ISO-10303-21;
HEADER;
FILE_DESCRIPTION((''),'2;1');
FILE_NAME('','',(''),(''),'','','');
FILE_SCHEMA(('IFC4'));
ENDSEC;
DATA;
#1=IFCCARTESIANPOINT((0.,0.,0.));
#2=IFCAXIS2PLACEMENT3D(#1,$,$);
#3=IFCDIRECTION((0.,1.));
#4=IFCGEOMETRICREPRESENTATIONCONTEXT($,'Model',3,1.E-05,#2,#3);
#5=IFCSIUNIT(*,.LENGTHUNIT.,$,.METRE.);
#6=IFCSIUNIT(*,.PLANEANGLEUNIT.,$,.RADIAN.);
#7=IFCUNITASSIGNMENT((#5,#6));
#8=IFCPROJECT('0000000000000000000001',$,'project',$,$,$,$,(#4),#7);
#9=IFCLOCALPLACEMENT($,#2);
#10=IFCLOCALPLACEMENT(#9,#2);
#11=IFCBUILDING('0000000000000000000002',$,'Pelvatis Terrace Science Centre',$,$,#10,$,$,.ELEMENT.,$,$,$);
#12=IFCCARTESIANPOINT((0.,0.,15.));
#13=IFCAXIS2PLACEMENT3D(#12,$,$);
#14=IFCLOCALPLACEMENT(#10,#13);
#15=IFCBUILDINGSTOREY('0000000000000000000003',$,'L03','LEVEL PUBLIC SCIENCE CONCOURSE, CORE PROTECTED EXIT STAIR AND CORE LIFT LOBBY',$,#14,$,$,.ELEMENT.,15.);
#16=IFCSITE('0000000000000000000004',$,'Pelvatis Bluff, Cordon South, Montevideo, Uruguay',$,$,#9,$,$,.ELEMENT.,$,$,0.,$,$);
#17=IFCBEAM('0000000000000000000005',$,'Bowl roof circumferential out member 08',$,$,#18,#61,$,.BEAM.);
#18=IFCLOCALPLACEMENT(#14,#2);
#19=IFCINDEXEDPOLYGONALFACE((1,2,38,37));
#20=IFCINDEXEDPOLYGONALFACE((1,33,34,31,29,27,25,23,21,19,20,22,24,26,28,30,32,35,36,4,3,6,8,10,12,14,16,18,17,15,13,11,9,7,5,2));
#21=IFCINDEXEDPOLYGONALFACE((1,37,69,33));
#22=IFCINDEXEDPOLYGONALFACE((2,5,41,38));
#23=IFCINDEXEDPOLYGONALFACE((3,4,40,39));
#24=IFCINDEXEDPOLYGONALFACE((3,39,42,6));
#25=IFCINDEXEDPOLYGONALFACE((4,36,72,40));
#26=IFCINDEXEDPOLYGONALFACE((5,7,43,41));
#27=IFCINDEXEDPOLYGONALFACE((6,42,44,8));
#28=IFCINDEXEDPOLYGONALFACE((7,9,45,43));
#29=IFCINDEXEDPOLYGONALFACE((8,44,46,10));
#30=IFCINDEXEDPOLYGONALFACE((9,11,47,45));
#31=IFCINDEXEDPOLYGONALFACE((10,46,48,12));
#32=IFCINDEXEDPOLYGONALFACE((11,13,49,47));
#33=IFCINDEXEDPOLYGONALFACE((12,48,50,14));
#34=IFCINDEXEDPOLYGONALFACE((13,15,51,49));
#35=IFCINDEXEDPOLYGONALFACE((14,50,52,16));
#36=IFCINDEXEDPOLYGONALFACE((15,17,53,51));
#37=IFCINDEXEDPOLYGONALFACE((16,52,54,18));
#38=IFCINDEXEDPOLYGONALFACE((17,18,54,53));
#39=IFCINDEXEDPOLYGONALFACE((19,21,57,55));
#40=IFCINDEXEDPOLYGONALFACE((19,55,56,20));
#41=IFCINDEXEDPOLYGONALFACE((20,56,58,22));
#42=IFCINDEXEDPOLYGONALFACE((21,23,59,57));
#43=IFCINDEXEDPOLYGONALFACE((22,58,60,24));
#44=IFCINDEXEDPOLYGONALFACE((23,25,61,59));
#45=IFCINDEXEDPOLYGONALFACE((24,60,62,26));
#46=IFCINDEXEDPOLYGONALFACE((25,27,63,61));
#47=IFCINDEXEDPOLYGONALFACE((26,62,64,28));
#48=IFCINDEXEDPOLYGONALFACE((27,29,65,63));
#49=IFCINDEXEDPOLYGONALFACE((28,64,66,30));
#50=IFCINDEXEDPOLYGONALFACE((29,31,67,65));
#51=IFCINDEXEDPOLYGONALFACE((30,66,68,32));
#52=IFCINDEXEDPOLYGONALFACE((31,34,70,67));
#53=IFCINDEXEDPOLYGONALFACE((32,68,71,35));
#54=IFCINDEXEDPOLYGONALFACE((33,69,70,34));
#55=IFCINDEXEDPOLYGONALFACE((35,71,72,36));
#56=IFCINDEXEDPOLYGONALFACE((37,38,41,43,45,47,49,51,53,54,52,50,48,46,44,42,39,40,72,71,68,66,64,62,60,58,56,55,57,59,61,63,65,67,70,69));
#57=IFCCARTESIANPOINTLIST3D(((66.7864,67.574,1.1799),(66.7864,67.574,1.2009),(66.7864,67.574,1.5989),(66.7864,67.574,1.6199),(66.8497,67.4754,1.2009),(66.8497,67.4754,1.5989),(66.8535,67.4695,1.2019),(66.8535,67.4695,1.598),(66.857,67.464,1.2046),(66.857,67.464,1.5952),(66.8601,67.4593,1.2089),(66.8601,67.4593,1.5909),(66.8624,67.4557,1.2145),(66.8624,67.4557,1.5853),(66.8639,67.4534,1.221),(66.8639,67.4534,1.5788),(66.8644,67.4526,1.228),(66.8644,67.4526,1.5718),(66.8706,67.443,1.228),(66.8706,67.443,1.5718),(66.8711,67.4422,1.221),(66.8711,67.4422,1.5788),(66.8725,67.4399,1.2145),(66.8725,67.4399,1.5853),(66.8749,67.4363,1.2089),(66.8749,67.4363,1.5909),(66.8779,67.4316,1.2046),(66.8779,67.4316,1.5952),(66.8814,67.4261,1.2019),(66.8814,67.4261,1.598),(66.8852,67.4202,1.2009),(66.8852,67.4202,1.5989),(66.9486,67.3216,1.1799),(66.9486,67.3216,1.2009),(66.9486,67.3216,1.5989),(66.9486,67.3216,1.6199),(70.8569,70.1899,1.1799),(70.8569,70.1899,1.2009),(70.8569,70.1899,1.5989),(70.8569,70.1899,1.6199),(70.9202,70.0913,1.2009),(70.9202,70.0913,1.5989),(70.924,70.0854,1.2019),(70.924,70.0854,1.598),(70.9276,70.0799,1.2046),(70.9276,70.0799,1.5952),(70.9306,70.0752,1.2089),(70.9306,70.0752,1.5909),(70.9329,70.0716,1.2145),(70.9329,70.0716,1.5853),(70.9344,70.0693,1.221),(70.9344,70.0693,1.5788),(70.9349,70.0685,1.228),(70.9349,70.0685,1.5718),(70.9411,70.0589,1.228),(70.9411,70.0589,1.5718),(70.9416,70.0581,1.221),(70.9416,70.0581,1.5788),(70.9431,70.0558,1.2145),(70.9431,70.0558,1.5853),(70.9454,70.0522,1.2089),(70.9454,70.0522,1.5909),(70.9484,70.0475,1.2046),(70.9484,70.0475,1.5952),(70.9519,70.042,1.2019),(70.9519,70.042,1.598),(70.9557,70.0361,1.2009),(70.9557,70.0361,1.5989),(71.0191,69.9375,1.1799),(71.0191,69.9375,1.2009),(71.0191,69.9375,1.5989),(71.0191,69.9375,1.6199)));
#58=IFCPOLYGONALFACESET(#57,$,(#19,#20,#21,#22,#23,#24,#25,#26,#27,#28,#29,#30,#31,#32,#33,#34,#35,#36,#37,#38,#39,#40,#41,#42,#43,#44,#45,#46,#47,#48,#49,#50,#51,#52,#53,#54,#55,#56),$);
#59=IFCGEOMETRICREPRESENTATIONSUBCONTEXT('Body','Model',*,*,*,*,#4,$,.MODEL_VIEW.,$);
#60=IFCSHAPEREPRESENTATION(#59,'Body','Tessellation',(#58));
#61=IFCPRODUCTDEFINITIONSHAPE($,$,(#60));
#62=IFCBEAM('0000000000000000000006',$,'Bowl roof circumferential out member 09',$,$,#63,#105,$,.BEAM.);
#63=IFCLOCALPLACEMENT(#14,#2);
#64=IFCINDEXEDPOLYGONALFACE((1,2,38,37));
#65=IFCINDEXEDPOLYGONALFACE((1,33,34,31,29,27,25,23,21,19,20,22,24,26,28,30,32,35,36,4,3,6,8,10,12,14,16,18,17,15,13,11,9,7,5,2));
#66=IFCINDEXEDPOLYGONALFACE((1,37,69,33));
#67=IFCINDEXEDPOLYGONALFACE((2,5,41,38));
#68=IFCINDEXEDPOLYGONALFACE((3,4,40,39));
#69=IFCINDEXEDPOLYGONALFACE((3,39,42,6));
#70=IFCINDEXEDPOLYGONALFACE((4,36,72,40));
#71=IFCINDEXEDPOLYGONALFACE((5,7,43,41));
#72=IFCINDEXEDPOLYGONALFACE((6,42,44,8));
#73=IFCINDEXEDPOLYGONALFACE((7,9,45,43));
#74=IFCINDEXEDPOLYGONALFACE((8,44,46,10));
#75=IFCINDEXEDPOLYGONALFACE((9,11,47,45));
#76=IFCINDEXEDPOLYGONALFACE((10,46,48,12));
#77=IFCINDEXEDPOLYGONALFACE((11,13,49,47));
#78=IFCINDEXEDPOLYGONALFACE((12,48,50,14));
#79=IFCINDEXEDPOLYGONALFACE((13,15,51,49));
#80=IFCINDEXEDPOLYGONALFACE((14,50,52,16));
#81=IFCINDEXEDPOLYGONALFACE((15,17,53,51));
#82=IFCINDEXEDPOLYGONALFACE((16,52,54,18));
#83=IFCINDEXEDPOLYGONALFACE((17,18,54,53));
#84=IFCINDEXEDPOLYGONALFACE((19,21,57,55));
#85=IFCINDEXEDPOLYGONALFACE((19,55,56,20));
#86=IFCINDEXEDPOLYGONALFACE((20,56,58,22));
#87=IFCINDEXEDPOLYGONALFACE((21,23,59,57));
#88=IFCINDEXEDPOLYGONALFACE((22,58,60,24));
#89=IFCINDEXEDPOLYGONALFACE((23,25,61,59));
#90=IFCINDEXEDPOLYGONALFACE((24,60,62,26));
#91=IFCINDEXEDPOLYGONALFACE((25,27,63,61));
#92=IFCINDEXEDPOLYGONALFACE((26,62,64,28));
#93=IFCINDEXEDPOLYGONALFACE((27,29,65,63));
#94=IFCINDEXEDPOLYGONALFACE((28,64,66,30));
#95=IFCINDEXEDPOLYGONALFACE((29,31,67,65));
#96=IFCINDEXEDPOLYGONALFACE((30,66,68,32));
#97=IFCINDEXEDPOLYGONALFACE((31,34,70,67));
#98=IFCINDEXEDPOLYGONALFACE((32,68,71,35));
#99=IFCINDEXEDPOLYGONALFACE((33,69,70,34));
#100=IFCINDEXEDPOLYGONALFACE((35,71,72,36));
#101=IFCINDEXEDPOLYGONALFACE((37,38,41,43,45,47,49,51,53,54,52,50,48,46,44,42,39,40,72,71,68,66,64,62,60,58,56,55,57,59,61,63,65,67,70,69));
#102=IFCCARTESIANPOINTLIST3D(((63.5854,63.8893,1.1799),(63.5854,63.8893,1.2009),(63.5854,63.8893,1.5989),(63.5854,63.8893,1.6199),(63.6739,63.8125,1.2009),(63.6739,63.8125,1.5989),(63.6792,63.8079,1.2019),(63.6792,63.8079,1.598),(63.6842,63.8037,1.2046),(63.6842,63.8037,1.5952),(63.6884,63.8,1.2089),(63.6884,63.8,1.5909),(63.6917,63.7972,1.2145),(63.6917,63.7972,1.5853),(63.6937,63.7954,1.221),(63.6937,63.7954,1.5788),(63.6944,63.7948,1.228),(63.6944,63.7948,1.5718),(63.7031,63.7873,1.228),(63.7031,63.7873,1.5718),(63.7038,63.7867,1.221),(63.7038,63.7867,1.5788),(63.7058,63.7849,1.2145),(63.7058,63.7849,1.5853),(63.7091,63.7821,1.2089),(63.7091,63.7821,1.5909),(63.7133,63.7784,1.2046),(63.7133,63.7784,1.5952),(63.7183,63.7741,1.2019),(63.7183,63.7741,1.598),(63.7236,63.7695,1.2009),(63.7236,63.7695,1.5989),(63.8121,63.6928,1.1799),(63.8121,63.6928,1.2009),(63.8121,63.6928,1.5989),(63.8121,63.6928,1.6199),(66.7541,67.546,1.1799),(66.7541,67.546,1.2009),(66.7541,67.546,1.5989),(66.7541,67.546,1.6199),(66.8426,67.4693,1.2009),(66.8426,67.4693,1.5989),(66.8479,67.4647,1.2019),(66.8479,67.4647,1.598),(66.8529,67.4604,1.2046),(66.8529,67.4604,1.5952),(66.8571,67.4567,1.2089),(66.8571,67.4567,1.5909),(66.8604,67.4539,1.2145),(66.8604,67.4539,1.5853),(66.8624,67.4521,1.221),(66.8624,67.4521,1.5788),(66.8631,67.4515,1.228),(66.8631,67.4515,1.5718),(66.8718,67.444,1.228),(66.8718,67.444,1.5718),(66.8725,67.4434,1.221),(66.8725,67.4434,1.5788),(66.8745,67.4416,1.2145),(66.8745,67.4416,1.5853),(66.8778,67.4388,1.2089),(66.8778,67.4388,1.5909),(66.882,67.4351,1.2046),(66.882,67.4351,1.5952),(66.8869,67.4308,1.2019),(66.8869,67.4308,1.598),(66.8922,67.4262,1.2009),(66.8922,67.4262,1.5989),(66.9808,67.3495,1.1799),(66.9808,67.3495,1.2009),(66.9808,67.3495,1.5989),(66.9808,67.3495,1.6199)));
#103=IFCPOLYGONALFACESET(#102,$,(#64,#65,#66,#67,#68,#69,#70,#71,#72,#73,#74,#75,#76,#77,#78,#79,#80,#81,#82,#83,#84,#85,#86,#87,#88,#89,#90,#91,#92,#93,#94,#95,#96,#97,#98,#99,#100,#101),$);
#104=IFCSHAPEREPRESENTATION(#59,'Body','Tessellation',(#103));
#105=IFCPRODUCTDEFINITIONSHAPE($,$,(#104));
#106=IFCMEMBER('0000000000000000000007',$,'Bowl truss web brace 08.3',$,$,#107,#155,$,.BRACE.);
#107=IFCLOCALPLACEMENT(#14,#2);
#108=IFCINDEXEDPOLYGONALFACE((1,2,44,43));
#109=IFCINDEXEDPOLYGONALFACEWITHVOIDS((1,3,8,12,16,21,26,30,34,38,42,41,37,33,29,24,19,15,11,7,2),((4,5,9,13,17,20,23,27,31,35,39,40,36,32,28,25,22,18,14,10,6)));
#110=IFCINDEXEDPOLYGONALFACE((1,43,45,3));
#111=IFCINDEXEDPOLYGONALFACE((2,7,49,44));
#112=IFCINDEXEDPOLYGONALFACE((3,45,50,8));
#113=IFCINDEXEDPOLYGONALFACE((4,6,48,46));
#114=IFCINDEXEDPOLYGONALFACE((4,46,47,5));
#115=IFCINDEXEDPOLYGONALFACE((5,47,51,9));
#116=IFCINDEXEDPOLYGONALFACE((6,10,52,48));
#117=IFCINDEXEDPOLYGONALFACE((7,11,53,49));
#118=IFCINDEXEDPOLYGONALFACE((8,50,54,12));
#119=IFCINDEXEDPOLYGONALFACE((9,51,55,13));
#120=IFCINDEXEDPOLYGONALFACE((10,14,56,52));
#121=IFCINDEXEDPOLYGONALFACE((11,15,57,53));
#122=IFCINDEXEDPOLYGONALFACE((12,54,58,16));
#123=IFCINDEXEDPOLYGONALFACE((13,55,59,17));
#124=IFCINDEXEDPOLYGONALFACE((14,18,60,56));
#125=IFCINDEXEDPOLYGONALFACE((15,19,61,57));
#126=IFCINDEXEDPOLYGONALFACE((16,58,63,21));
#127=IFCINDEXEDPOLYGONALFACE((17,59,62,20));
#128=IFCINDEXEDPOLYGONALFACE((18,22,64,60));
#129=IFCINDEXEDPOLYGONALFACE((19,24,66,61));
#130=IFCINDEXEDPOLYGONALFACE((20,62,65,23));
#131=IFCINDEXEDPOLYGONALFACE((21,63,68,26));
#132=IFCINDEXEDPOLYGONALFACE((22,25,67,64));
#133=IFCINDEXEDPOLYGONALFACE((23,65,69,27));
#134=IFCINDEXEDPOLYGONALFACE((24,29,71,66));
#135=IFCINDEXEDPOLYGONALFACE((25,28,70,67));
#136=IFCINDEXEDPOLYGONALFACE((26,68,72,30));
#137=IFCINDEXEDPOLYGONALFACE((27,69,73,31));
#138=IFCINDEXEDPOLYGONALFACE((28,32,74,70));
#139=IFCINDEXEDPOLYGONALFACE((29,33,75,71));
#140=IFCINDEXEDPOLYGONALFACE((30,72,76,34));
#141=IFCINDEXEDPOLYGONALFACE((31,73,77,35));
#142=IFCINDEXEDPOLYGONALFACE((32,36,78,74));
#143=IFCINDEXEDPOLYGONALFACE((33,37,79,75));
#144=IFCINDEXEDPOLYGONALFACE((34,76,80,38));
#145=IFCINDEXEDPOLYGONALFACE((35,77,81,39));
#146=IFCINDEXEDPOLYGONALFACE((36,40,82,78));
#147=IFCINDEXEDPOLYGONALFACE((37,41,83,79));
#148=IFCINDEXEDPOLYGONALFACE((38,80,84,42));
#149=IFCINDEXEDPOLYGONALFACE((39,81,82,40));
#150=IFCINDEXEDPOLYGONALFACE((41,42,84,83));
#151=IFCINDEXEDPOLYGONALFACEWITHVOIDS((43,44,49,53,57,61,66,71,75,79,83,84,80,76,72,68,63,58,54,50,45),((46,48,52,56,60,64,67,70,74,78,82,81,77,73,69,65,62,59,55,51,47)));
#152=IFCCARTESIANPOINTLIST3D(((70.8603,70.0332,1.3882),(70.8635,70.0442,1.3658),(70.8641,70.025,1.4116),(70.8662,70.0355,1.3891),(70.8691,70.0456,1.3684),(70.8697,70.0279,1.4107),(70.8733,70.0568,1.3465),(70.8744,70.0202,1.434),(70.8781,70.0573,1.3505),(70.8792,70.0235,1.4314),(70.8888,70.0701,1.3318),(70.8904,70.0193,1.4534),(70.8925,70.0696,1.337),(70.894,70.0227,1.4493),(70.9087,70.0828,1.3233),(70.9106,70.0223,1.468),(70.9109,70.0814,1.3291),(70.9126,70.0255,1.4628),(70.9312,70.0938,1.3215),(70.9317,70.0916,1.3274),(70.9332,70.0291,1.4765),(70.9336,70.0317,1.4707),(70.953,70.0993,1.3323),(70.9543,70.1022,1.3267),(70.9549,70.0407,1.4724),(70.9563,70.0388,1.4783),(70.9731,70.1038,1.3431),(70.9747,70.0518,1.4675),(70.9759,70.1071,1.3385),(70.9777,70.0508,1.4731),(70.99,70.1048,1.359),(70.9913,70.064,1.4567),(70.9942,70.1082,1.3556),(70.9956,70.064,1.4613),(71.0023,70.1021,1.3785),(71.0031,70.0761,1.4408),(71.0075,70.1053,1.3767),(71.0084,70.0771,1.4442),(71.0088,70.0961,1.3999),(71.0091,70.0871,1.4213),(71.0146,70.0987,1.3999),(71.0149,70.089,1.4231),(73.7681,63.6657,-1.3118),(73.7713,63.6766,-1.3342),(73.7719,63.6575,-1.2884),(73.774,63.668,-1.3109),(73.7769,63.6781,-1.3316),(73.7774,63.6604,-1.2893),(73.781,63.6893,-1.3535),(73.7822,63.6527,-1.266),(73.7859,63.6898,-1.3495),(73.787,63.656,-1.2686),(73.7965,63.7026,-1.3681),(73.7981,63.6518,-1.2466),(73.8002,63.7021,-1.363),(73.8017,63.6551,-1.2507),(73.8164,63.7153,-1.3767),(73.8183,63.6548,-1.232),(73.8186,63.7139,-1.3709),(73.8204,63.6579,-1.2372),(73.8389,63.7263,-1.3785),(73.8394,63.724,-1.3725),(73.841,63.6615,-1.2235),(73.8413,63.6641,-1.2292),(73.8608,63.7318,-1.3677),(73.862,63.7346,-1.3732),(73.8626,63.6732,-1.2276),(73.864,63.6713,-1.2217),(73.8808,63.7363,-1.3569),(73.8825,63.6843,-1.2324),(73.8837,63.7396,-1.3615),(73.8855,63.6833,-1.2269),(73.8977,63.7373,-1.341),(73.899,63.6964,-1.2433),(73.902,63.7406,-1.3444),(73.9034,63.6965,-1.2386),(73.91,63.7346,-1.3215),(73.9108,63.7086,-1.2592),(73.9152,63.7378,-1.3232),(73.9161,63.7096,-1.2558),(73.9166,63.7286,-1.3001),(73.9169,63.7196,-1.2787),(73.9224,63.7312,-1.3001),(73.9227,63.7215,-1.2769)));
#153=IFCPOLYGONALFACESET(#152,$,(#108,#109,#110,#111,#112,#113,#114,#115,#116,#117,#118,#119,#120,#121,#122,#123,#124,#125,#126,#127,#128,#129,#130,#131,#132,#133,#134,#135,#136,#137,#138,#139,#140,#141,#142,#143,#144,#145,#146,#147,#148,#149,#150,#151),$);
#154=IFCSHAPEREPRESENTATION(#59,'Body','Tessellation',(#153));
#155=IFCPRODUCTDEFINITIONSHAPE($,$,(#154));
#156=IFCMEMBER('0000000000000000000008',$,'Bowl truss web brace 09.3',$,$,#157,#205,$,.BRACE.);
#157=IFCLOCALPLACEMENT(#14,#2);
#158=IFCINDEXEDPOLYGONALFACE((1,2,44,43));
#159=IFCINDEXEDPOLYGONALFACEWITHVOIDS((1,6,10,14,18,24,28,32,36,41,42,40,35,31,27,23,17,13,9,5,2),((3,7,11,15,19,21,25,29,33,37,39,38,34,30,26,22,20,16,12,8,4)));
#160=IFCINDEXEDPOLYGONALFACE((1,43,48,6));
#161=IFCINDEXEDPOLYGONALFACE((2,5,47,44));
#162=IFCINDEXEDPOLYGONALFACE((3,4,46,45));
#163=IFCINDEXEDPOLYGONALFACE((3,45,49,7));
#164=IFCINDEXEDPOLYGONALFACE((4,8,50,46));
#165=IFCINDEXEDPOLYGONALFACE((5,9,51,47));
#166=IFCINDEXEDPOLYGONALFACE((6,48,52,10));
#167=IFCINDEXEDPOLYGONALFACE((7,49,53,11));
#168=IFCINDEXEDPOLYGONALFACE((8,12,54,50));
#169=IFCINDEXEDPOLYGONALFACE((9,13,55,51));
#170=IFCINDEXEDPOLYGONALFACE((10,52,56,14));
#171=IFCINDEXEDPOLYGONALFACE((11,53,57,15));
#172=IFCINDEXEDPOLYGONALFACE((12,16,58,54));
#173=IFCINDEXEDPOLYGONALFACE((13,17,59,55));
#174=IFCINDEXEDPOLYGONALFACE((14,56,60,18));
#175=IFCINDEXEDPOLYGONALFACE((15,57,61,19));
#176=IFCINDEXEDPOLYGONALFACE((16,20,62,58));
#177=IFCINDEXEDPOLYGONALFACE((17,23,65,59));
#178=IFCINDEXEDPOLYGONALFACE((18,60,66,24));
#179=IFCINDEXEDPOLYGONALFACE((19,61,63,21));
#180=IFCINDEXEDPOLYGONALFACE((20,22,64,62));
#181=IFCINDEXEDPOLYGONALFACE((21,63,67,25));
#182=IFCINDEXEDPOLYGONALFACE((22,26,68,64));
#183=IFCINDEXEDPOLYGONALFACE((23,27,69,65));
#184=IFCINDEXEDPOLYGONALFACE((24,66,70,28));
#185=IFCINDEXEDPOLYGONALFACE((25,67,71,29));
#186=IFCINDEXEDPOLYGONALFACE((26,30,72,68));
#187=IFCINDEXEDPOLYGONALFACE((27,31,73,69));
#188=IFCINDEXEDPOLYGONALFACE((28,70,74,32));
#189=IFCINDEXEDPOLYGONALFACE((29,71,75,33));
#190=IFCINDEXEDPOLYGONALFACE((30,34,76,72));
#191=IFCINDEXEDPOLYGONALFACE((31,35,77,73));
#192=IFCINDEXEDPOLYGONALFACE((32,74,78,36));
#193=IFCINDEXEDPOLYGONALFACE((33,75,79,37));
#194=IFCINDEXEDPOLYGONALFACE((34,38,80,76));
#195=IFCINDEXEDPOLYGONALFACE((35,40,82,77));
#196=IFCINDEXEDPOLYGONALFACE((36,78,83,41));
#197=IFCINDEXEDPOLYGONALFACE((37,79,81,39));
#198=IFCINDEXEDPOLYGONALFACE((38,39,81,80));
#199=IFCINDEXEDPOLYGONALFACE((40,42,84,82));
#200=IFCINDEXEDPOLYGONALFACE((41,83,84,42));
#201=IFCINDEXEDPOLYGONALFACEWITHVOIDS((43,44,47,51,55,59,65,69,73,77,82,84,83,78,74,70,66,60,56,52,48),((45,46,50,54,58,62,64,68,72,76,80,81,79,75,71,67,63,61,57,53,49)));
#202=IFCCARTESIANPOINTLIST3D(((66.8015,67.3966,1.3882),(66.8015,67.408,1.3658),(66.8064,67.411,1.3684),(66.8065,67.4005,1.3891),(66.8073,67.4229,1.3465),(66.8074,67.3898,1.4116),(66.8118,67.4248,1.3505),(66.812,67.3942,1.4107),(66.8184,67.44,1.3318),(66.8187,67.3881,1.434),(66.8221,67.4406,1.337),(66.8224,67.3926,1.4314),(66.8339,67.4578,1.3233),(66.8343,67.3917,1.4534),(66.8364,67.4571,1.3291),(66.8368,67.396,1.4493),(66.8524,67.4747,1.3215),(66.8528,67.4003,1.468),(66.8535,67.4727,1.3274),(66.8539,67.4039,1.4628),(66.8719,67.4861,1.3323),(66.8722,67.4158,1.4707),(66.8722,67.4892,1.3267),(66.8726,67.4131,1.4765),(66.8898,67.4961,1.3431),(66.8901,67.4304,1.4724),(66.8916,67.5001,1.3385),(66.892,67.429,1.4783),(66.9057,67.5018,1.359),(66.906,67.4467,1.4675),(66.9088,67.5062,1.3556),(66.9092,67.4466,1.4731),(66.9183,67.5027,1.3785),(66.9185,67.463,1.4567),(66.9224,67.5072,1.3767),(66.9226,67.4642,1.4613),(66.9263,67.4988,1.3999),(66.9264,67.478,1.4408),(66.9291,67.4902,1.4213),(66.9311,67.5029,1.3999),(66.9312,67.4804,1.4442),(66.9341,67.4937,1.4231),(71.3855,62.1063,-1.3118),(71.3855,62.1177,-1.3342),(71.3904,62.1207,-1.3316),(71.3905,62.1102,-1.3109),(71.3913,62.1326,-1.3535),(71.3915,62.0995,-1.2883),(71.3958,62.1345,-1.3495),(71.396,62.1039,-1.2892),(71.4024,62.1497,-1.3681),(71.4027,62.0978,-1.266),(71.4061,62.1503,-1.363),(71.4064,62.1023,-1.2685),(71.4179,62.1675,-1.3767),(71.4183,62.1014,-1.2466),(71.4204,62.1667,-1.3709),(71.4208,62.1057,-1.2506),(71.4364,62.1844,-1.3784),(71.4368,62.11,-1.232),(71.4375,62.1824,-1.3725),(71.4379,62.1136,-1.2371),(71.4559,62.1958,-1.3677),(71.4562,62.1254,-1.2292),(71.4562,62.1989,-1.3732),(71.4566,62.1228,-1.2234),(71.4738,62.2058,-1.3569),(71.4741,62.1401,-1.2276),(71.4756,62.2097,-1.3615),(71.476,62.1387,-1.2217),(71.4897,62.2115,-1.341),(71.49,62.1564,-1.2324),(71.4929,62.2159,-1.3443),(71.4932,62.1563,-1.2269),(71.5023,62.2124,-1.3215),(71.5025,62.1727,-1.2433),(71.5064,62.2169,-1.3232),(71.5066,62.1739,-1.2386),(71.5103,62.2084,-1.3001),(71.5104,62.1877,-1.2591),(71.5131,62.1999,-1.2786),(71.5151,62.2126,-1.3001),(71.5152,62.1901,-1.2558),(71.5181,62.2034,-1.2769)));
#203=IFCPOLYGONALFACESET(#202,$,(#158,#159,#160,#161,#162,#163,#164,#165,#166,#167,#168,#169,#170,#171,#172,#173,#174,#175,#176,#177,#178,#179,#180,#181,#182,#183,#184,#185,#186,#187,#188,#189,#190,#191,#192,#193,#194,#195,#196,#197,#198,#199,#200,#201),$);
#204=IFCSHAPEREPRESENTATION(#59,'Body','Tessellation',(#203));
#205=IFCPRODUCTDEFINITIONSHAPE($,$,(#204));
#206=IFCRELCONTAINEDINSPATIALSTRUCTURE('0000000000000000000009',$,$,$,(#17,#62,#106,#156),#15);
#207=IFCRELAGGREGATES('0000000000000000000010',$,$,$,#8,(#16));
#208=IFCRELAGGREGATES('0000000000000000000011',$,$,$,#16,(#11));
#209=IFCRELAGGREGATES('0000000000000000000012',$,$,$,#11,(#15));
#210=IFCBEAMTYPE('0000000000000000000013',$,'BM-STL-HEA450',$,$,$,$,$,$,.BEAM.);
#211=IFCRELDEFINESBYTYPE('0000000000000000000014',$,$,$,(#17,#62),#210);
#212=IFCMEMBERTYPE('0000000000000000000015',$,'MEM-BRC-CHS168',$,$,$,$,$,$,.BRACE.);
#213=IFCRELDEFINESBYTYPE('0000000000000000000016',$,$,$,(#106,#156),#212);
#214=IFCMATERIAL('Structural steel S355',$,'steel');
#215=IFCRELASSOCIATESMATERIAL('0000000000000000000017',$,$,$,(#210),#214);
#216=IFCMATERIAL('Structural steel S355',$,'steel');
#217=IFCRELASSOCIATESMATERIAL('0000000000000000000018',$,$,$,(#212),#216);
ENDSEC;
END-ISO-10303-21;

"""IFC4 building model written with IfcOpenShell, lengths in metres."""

from ifc_helpers import new_model, si_unit, direction, frame, origin, origin_2d, place, context, subcontext, project, spatial, hollow_circle, i_section, extrude, material, material_profile, profile_set, type_object, element, save


model = new_model("IFC4")

# Units and contexts
model_context = context("Model", 3, precision=1e-05, world=origin(), true_north=direction((0.0, 1.0)))
body_context = subcontext(model_context, "Body", "Model", "MODEL_VIEW")
ifc_project = project(units=[si_unit("LENGTHUNIT", "METRE"), si_unit("PLANEANGLEUNIT", "RADIAN")], contexts=[model_context])

# Site, building, storey
site_placement = place(None, origin())
site = spatial("IfcSite", under=ifc_project, at=site_placement, Name="Pelvatis Bluff, Cordon South, Montevideo, Uruguay", CompositionType="ELEMENT", RefElevation=0.0)
building_placement = place(site_placement, origin())
building = spatial("IfcBuilding", under=site, at=building_placement, Name="Pelvatis Terrace Science Centre", CompositionType="ELEMENT")
storey_placement = place(building_placement, frame((0.0, 0.0, 15.0)))
storey = spatial("IfcBuildingStorey", under=building, at=storey_placement, Name="L03", Description="LEVEL PUBLIC SCIENCE CONCOURSE, CORE PROTECTED EXIT STAIR AND CORE LIFT LOBBY", CompositionType="ELEMENT", Elevation=15.0)

# Beams
ifc_material_1 = material(Name="Structural steel S355", Category="steel")
ifc_material_profile_1 = material_profile(ifc_material_1, i_section(OverallWidth=0.3, OverallDepth=0.4399, WebThickness=0.0115, FlangeThickness=0.021, FilletRadius=0.0271, at=origin_2d()), Name="HEA 450")
ifc_profile_set_1 = profile_set([ifc_material_profile_1], Name="Structural steel S355")
beam_type_1 = type_object("IfcBeamType", Name="BM-STL-HEA450", PredefinedType="BEAM", material=ifc_profile_set_1)
for number, where, z_axis, x_axis, name in (
    (1, (70.938, 70.0637, 1.3999), (-0.841256, -0.540638, 0.0), (0.540638, -0.841256, 0.0), "Bowl roof circumferential out member 08"),
    (2, (66.8674, 67.4478, 1.3999), (-0.654875, -0.755737, 0.0), (0.755737, -0.654875, 0.0), "Bowl roof circumferential out member 09"),
):
    element("IfcBeam", number, at=place(storey_placement, frame(where, z_axis=z_axis, x_axis=x_axis)), inside=storey, type_object=beam_type_1, Name=name, PredefinedType="BEAM", context=body_context, shape_type="SweptSolid", body=[
        extrude(i_section(OverallWidth=0.3, OverallDepth=0.4399, WebThickness=0.0115, FlangeThickness=0.021, FilletRadius=0.0271, at=origin_2d()), origin(), (0.0, 0.0, 1.0), 4.8386),
    ])

# Members
ifc_material_2 = material(Name="Structural steel S355", Category="steel")
ifc_material_profile_2 = material_profile(ifc_material_2, hollow_circle(Radius=0.0842, WallThickness=0.0063, at=origin_2d()), Name="CHS 168.3x6.3")
ifc_profile_set_2 = profile_set([ifc_material_profile_2], Name="Structural steel S355")
member_type_1 = type_object("IfcMemberType", Name="MEM-BRC-CHS168", PredefinedType="BRACE", material=ifc_profile_set_2)
for number, where, z_axis, x_axis, name in (
    (3, (70.938, 70.0637, 1.3999), (0.387562, -0.848699, -0.35987), (0.909642, 0.415392, 0.0), "Bowl truss web brace 08.3"),
    (4, (66.8674, 67.4478, 1.3999), (0.610982, -0.705122, -0.359866), (0.755755, 0.654855, 0.0), "Bowl truss web brace 09.3"),
):
    element("IfcMember", number, at=place(storey_placement, frame(where, z_axis=z_axis, x_axis=x_axis)), inside=storey, type_object=member_type_1, Name=name, PredefinedType="BRACE", context=body_context, shape_type="SweptSolid", body=[
        extrude(hollow_circle(Radius=0.0842, WallThickness=0.0063, at=origin_2d()), origin(), (0.0, 0.0, 1.0), 7.5027),
    ])

save(model, "model.ifc")
